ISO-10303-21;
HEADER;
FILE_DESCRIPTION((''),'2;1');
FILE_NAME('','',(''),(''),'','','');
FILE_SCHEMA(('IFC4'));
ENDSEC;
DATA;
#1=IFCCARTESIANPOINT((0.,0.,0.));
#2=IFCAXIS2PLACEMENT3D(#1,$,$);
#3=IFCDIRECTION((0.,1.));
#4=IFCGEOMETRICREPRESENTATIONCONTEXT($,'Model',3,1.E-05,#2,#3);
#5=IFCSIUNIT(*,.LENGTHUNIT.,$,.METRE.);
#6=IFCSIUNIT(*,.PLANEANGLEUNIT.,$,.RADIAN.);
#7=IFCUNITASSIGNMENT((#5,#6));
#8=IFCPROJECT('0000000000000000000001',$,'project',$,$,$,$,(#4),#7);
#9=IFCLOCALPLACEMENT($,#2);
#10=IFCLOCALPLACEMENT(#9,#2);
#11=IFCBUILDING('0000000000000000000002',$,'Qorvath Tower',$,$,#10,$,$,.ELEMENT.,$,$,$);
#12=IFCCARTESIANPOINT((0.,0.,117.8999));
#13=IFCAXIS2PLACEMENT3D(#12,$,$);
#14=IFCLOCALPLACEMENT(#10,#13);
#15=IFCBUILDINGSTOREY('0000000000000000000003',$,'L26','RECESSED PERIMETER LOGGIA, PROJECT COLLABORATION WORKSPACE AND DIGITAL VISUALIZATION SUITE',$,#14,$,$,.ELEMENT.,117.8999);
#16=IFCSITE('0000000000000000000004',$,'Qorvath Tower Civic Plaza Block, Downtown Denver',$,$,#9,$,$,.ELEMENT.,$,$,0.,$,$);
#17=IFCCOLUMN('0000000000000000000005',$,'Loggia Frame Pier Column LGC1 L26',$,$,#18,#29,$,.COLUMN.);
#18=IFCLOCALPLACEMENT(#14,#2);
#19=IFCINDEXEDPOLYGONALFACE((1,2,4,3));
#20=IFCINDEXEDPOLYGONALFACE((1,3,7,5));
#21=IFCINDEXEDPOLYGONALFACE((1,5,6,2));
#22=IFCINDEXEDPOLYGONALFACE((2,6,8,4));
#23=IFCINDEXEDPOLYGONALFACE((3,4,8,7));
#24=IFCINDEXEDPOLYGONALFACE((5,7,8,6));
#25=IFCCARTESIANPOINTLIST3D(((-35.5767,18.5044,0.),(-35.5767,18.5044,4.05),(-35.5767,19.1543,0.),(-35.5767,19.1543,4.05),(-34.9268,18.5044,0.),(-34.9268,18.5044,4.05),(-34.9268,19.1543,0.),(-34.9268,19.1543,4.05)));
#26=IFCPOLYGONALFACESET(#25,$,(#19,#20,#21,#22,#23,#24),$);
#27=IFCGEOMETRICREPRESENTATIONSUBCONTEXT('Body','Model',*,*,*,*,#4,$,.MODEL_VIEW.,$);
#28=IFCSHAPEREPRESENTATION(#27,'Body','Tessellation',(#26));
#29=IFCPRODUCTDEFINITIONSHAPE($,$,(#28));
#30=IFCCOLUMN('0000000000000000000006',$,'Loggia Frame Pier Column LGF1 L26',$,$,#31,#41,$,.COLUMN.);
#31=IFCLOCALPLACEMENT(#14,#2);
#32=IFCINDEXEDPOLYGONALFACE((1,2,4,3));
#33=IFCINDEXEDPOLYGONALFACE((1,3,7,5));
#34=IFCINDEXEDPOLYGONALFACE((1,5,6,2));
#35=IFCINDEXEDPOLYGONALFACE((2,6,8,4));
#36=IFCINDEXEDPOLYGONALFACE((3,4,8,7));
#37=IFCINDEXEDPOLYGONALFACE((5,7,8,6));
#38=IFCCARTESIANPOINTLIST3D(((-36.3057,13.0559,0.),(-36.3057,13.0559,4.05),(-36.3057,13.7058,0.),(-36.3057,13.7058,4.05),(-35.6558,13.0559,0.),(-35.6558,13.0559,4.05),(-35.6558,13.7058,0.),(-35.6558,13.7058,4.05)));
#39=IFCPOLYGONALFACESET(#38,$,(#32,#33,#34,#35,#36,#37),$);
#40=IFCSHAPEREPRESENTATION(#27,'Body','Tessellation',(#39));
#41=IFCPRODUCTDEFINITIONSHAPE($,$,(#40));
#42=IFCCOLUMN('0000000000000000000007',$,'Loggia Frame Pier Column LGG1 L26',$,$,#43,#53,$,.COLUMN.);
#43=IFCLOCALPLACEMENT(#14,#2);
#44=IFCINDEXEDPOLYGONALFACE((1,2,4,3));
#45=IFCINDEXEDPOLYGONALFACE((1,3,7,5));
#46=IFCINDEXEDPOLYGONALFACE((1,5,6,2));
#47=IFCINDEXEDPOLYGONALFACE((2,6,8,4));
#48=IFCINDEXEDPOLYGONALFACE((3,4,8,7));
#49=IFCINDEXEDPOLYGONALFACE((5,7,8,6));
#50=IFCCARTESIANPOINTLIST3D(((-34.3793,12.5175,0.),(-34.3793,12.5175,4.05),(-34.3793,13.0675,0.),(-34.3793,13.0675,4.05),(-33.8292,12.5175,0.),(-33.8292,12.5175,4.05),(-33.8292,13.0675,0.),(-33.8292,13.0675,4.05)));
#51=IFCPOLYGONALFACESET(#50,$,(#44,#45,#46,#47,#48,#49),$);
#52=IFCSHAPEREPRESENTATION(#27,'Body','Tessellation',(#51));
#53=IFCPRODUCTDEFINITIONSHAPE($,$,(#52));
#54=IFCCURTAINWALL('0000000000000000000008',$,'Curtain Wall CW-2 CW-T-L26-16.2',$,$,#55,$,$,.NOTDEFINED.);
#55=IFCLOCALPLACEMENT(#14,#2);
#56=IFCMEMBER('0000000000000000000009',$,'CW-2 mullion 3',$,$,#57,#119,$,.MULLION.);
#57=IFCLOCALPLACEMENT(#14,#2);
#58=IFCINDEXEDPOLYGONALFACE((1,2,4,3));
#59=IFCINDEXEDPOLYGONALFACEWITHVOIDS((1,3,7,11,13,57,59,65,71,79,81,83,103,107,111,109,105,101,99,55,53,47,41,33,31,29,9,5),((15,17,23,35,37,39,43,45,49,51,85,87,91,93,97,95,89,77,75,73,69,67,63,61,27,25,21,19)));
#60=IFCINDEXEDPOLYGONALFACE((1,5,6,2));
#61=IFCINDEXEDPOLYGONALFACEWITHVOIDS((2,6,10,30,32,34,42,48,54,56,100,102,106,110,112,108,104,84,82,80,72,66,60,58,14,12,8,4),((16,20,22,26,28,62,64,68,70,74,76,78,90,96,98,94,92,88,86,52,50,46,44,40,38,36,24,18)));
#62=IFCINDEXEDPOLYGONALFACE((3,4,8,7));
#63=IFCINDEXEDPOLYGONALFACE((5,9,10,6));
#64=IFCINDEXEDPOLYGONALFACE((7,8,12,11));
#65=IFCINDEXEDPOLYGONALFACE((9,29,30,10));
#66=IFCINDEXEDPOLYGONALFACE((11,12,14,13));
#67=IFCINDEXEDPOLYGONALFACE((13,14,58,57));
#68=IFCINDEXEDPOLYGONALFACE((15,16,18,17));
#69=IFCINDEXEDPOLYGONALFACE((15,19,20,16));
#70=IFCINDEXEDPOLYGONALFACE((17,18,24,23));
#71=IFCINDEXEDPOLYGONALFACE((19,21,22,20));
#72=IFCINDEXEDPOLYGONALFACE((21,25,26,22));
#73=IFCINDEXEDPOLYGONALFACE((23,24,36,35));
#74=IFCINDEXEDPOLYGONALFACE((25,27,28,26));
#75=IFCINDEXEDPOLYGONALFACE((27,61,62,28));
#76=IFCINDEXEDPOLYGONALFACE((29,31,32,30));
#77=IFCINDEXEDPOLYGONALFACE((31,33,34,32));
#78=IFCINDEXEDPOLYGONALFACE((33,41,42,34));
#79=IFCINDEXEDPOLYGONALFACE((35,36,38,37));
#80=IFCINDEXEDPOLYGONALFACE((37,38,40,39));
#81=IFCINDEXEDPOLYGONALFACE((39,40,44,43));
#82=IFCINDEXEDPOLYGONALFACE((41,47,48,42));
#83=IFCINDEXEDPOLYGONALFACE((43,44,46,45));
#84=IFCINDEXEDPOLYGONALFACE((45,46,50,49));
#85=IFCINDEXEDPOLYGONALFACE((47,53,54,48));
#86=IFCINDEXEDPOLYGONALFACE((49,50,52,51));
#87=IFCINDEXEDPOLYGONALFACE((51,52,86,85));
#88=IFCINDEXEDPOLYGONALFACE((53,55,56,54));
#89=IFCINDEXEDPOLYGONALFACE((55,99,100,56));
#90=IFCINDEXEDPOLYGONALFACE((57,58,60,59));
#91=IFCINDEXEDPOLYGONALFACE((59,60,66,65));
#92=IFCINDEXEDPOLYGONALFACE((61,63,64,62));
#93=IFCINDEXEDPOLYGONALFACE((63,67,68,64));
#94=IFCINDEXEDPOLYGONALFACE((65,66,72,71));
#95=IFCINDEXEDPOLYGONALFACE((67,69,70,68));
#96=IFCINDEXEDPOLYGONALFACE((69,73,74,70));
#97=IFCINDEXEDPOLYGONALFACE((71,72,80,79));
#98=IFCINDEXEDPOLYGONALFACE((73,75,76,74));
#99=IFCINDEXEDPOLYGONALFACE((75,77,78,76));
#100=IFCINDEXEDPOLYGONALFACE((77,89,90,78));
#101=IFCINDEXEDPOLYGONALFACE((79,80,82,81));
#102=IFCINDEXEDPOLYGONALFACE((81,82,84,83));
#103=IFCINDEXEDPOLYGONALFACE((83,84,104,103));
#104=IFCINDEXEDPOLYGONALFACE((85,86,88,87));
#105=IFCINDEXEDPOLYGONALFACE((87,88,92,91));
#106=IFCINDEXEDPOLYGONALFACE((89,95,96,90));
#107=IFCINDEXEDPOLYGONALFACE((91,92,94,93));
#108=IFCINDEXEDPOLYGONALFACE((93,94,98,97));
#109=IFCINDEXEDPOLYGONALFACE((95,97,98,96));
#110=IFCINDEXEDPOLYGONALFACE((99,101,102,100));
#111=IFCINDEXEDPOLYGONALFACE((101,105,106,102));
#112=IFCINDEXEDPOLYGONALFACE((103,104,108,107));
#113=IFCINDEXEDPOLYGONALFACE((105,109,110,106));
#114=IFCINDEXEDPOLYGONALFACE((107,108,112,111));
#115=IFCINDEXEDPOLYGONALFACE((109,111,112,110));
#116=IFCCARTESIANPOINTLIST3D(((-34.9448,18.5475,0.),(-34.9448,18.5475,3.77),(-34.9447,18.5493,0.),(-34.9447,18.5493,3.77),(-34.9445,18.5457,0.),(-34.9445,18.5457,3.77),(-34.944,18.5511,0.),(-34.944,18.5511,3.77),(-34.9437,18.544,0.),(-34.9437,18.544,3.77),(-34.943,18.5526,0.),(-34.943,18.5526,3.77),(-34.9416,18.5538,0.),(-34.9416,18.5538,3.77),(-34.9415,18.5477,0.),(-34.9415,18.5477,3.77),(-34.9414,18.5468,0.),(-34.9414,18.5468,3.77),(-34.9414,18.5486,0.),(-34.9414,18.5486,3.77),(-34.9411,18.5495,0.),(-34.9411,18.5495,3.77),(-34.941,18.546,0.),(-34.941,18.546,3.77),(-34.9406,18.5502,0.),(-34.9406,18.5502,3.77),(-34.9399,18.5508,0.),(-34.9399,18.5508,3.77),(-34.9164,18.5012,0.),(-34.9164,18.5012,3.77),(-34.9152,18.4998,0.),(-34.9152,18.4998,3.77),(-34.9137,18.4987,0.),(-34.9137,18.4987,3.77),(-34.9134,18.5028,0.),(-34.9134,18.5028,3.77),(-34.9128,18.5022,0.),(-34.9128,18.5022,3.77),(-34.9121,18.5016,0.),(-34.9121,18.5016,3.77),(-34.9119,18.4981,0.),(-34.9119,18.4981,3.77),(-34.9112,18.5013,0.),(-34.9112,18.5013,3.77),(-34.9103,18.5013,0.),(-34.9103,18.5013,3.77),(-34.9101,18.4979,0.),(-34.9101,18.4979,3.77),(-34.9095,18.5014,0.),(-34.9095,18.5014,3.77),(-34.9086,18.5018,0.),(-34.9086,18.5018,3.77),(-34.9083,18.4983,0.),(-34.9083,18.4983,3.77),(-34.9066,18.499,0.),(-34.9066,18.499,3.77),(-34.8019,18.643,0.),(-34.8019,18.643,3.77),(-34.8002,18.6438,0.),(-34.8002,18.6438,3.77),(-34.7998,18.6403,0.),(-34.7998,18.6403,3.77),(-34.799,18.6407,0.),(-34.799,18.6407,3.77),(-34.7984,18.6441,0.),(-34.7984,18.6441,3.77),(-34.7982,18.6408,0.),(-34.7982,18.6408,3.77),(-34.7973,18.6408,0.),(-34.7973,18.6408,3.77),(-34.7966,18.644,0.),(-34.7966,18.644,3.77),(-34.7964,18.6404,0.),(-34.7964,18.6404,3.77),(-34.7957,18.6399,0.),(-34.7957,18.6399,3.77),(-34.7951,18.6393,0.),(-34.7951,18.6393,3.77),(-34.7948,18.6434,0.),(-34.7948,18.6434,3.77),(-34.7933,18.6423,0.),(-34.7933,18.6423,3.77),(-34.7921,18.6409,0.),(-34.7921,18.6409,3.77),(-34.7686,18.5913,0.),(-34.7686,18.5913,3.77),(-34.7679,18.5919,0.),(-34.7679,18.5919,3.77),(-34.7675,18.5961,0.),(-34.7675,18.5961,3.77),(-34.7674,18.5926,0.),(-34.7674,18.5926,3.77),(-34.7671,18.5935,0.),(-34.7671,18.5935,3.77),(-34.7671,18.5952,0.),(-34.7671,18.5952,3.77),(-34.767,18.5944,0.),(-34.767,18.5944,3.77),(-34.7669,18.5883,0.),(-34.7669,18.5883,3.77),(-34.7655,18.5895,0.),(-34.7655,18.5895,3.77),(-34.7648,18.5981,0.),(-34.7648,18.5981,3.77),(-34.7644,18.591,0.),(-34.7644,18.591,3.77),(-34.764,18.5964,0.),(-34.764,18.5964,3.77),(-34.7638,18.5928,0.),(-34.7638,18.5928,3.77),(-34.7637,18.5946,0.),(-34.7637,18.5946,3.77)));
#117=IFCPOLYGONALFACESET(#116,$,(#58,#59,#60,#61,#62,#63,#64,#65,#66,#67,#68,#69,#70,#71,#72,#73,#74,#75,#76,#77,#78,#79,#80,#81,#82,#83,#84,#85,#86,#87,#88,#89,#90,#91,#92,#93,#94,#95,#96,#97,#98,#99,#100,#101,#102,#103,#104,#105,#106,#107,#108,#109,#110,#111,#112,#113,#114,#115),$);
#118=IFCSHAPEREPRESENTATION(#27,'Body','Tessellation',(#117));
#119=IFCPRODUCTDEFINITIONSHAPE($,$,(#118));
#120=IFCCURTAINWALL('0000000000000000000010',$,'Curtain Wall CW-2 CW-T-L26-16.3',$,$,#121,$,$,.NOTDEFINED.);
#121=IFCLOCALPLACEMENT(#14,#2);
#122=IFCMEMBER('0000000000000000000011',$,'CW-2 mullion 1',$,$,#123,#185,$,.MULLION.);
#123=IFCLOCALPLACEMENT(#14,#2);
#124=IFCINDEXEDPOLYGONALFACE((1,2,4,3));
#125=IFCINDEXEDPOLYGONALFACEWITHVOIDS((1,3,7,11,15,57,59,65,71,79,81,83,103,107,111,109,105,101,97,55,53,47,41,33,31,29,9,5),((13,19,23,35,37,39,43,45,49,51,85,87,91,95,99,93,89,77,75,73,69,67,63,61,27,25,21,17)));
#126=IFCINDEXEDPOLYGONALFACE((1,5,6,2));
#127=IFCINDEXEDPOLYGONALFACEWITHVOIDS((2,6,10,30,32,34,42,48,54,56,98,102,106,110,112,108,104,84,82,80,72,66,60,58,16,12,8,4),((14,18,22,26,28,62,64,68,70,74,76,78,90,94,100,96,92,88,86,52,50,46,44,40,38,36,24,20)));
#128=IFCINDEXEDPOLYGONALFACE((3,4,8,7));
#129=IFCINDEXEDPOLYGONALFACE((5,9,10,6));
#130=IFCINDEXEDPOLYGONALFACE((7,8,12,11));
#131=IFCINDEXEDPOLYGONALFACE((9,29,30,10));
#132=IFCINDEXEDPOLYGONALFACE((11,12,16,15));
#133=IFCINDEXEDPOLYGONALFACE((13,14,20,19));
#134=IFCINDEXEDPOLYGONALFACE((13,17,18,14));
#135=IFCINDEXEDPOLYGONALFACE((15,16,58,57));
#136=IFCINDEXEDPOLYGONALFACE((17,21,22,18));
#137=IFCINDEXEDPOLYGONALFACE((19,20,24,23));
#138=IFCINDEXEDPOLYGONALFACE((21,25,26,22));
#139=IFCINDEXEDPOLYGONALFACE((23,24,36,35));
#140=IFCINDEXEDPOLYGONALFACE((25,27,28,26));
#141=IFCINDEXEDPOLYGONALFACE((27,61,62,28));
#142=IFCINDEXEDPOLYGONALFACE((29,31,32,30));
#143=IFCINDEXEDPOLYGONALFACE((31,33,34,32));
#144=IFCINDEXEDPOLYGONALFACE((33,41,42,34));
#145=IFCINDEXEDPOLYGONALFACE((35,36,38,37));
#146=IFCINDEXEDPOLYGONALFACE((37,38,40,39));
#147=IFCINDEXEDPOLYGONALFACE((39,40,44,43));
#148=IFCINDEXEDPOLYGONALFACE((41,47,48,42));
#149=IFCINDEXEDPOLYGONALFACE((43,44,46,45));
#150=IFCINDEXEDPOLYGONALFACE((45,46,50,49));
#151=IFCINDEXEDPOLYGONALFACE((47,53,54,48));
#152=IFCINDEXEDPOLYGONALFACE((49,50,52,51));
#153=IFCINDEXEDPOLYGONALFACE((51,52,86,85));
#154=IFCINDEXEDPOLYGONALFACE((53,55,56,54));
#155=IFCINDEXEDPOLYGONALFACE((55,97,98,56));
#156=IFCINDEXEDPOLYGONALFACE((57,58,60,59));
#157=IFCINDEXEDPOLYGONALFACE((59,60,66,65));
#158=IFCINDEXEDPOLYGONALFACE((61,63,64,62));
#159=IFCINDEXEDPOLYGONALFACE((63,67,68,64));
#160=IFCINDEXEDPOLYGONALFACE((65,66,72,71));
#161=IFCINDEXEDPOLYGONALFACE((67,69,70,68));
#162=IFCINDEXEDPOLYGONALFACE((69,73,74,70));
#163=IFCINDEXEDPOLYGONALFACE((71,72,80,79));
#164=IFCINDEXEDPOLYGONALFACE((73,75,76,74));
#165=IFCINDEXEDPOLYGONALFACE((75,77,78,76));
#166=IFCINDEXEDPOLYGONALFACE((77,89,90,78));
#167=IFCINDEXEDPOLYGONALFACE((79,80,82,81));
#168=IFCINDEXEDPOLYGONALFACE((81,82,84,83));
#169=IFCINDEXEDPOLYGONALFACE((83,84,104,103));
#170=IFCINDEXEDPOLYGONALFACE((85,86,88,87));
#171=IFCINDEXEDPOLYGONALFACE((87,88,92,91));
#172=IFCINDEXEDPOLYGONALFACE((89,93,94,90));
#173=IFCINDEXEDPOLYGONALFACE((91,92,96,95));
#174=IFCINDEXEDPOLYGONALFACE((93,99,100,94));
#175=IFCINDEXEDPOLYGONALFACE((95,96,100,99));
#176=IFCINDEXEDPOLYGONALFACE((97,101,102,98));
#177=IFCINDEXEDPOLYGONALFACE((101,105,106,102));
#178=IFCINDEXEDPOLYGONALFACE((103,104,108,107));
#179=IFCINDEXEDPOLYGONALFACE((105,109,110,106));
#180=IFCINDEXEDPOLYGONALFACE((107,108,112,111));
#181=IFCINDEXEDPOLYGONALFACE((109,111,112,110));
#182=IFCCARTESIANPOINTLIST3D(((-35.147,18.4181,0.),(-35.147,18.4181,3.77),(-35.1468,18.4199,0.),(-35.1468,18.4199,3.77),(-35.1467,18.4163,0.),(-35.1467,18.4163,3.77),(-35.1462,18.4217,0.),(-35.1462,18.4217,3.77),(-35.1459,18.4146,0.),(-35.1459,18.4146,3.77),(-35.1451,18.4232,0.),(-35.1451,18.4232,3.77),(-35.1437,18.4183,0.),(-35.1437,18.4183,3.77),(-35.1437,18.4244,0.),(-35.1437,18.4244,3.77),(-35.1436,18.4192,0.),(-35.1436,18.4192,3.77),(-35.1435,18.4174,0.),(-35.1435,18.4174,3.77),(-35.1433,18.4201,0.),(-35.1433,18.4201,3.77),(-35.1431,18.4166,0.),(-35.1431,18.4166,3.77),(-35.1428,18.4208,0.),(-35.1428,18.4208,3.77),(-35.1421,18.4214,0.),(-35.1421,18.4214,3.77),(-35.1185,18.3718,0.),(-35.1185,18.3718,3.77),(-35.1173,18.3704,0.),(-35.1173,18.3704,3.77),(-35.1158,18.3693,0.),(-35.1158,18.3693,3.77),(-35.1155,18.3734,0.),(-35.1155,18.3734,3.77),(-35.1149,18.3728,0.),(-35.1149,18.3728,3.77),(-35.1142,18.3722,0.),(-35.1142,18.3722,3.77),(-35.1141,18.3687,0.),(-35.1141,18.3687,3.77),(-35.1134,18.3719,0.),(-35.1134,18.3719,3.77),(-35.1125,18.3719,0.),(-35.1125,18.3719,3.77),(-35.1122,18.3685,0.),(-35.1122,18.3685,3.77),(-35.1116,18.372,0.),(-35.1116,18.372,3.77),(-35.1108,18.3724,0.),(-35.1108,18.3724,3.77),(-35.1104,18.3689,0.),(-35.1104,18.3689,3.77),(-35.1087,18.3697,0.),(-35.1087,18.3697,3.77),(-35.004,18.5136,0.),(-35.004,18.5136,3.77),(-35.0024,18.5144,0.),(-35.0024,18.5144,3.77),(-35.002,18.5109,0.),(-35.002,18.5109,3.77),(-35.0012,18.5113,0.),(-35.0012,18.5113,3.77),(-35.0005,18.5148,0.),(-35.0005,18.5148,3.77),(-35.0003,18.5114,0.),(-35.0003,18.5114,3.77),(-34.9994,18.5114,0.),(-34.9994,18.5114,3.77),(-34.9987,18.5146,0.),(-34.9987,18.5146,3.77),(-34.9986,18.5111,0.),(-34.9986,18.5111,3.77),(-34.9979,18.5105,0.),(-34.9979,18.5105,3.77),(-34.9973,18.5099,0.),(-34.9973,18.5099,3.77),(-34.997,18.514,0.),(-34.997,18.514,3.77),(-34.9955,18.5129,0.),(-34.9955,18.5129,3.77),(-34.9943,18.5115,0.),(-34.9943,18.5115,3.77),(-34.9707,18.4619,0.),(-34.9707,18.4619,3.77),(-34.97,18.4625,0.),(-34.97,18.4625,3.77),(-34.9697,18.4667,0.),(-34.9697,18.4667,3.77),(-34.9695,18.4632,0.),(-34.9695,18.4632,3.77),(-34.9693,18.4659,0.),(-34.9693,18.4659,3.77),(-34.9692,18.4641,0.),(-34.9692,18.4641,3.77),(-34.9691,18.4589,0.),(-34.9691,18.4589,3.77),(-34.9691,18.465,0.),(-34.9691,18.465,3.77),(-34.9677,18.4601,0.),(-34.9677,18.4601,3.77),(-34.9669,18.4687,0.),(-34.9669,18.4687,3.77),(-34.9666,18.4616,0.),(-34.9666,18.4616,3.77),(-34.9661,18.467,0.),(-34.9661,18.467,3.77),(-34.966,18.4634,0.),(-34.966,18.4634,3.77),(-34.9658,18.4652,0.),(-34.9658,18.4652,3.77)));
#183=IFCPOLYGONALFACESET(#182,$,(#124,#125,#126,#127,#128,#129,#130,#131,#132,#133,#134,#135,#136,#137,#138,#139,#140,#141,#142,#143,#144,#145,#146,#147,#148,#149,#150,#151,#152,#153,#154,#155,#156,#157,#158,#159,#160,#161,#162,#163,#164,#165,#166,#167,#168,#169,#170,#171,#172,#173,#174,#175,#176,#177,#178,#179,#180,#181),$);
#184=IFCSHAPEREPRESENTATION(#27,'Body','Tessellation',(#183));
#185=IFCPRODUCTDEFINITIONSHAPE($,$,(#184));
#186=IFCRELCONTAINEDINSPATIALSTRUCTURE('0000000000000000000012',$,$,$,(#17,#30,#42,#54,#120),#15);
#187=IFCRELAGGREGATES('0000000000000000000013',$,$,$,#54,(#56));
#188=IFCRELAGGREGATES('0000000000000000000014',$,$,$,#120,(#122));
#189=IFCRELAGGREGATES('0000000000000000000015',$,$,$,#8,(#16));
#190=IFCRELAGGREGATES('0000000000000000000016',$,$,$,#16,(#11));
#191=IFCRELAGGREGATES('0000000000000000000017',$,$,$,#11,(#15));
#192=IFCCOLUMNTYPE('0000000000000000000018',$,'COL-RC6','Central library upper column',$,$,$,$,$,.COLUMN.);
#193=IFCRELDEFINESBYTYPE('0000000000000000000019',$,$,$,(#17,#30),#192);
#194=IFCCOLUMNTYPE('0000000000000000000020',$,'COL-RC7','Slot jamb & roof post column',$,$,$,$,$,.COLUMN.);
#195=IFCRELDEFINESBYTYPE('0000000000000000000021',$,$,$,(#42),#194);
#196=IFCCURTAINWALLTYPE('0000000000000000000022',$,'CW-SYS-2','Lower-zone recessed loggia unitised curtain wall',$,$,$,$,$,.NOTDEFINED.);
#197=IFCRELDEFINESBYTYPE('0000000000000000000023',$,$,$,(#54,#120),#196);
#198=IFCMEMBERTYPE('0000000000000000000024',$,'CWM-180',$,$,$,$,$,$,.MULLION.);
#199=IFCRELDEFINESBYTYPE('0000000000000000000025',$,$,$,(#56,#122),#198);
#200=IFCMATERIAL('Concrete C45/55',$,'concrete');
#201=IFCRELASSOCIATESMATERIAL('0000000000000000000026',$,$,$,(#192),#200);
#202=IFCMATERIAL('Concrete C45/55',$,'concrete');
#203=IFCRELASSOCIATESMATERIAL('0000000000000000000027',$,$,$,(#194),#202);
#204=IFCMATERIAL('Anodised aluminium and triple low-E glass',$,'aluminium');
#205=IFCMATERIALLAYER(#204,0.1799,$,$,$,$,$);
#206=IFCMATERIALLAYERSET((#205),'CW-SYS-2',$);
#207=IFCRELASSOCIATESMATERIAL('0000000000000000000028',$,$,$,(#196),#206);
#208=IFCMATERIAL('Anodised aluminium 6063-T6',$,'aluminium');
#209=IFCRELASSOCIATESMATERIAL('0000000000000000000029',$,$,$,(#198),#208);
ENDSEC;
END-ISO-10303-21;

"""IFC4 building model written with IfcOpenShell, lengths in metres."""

from ifc_helpers import new_model, si_unit, direction, frame, origin, origin_2d, place, context, subcontext, project, spatial, rectangle, hollow_rectangle, extrude, material, layer, layer_set, material_profile, profile_set, type_object, element, aggregate, save


model = new_model("IFC4")

# Units and contexts
model_context = context("Model", 3, precision=1e-05, world=origin(), true_north=direction((0.0, 1.0)))
body_context = subcontext(model_context, "Body", "Model", "MODEL_VIEW")
ifc_project = project(units=[si_unit("LENGTHUNIT", "METRE"), si_unit("PLANEANGLEUNIT", "RADIAN")], contexts=[model_context])

# Site, building, storey
site_placement = place(None, origin())
site = spatial("IfcSite", under=ifc_project, at=site_placement, Name="Qorvath Tower Civic Plaza Block, Downtown Denver", CompositionType="ELEMENT", RefElevation=0.0)
building_placement = place(site_placement, origin())
building = spatial("IfcBuilding", under=site, at=building_placement, Name="Qorvath Tower", CompositionType="ELEMENT")
storey_placement = place(building_placement, frame((0.0, 0.0, 117.8999)))
storey = spatial("IfcBuildingStorey", under=building, at=storey_placement, Name="L26", Description="RECESSED PERIMETER LOGGIA, PROJECT COLLABORATION WORKSPACE AND DIGITAL VISUALIZATION SUITE", CompositionType="ELEMENT", Elevation=117.8999)

# Columns
ifc_material_1 = material(Name="Concrete C45/55", Category="concrete")
ifc_material_profile_1 = material_profile(ifc_material_1, rectangle(XDim=0.6499, YDim=0.6499, at=origin_2d()), Name="RC 650x650")
ifc_profile_set_1 = profile_set([ifc_material_profile_1], Name="Concrete C45/55")
column_type_1 = type_object("IfcColumnType", Name="COL-RC6", Description="Central library upper column", PredefinedType="COLUMN", material=ifc_profile_set_1)
for number, where, z_axis, x_axis, name in (
    (1, (-35.2517, 18.8293, 0.0), (0.0, 0.0, 1.0), (1.0, 0.0, 0.0), "Loggia Frame Pier Column LGC1 L26"),
    (2, (-35.9807, 13.3809, 0.0), (0.0, 0.0, 1.0), (1.0, 0.0, 0.0), "Loggia Frame Pier Column LGF1 L26"),
):
    element("IfcColumn", number, at=place(storey_placement, frame(where, z_axis=z_axis, x_axis=x_axis)), inside=storey, type_object=column_type_1, Name=name, PredefinedType="COLUMN", context=body_context, shape_type="SweptSolid", body=[
        extrude(rectangle(XDim=0.6499, YDim=0.6499, at=origin_2d()), origin(), (0.0, 0.0, 1.0), 4.05),
    ])
ifc_material_2 = material(Name="Concrete C45/55", Category="concrete")
ifc_material_profile_2 = material_profile(ifc_material_2, rectangle(XDim=0.55, YDim=0.55, at=origin_2d()), Name="RC 550x550")
ifc_profile_set_2 = profile_set([ifc_material_profile_2], Name="Concrete C45/55")
column_type_2 = type_object("IfcColumnType", Name="COL-RC7", Description="Slot jamb & roof post column", PredefinedType="COLUMN", material=ifc_profile_set_2)
column_placement = place(storey_placement, frame((-34.1042, 12.7925, 0.0), z_axis=(0.0, 0.0, 1.0), x_axis=(1.0, 0.0, 0.0)))
element("IfcColumn", 3, at=column_placement, inside=storey, type_object=column_type_2, Name="Loggia Frame Pier Column LGG1 L26", PredefinedType="COLUMN", context=body_context, shape_type="SweptSolid", body=[
    extrude(rectangle(XDim=0.55, YDim=0.55, at=origin_2d()), origin(), (0.0, 0.0, 1.0), 4.05),
])

# Curtain wall, member
ifc_material_3 = material(Name="Anodised aluminium and triple low-E glass", Category="aluminium")
ifc_layer_1 = layer(ifc_material_3, 0.1799)
ifc_layer_set_1 = layer_set([ifc_layer_1], Name="CW-SYS-2")
curtain_wall_type = type_object("IfcCurtainWallType", Name="CW-SYS-2", Description="Lower-zone recessed loggia unitised curtain wall", PredefinedType="NOTDEFINED", material=ifc_layer_set_1)
curtain_wall_1_placement = place(storey_placement, origin())
curtain_wall_1 = element("IfcCurtainWall", 4, at=curtain_wall_1_placement, inside=storey, type_object=curtain_wall_type, Name="Curtain Wall CW-2 CW-T-L26-16.2", PredefinedType="NOTDEFINED")
ifc_material_4 = material(Name="Anodised aluminium 6063-T6", Category="aluminium")
ifc_material_profile_3 = material_profile(ifc_material_4, hollow_rectangle(XDim=0.0649, YDim=0.1799, WallThickness=0.0034, InnerFilletRadius=0.0034, OuterFilletRadius=0.0071, at=origin_2d()), Name="CWM 180x65")
ifc_profile_set_3 = profile_set([ifc_material_profile_3], Name="Anodised aluminium 6063-T6")
member_type_1 = type_object("IfcMemberType", Name="CWM-180", PredefinedType="MULLION", material=ifc_profile_set_3)
member_1_placement = place(storey_placement, frame((-34.8542, 18.571, 0.0), z_axis=(0.0, 0.0, 1.0), x_axis=(0.53853, -0.842607, 0.0)))
member_1 = element("IfcMember", 5, at=member_1_placement, type_object=member_type_1, Name="CW-2 mullion 3", PredefinedType="MULLION", context=body_context, shape_type="SweptSolid", body=[
    extrude(hollow_rectangle(XDim=0.0649, YDim=0.1799, WallThickness=0.0034, InnerFilletRadius=0.0034, OuterFilletRadius=0.0071, at=origin_2d()), origin(), (0.0, 0.0, 1.0), 3.77),
])

# Curtain wall, member
curtain_wall_2_placement = place(storey_placement, origin())
curtain_wall_2 = element("IfcCurtainWall", 6, at=curtain_wall_2_placement, inside=storey, type_object=curtain_wall_type, Name="Curtain Wall CW-2 CW-T-L26-16.3", PredefinedType="NOTDEFINED")
member_2_placement = place(storey_placement, frame((-35.0564, 18.4417, 0.0), z_axis=(0.0, 0.0, 1.0), x_axis=(0.538534, -0.842604, 0.0)))
member_2 = element("IfcMember", 7, at=member_2_placement, type_object=member_type_1, Name="CW-2 mullion 1", PredefinedType="MULLION", context=body_context, shape_type="SweptSolid", body=[
    extrude(hollow_rectangle(XDim=0.0649, YDim=0.1799, WallThickness=0.0034, InnerFilletRadius=0.0034, OuterFilletRadius=0.0071, at=origin_2d()), origin(), (0.0, 0.0, 1.0), 3.77),
])

aggregate(curtain_wall_1, [member_1])
aggregate(curtain_wall_2, [member_2])

save(model, "model.ifc")
